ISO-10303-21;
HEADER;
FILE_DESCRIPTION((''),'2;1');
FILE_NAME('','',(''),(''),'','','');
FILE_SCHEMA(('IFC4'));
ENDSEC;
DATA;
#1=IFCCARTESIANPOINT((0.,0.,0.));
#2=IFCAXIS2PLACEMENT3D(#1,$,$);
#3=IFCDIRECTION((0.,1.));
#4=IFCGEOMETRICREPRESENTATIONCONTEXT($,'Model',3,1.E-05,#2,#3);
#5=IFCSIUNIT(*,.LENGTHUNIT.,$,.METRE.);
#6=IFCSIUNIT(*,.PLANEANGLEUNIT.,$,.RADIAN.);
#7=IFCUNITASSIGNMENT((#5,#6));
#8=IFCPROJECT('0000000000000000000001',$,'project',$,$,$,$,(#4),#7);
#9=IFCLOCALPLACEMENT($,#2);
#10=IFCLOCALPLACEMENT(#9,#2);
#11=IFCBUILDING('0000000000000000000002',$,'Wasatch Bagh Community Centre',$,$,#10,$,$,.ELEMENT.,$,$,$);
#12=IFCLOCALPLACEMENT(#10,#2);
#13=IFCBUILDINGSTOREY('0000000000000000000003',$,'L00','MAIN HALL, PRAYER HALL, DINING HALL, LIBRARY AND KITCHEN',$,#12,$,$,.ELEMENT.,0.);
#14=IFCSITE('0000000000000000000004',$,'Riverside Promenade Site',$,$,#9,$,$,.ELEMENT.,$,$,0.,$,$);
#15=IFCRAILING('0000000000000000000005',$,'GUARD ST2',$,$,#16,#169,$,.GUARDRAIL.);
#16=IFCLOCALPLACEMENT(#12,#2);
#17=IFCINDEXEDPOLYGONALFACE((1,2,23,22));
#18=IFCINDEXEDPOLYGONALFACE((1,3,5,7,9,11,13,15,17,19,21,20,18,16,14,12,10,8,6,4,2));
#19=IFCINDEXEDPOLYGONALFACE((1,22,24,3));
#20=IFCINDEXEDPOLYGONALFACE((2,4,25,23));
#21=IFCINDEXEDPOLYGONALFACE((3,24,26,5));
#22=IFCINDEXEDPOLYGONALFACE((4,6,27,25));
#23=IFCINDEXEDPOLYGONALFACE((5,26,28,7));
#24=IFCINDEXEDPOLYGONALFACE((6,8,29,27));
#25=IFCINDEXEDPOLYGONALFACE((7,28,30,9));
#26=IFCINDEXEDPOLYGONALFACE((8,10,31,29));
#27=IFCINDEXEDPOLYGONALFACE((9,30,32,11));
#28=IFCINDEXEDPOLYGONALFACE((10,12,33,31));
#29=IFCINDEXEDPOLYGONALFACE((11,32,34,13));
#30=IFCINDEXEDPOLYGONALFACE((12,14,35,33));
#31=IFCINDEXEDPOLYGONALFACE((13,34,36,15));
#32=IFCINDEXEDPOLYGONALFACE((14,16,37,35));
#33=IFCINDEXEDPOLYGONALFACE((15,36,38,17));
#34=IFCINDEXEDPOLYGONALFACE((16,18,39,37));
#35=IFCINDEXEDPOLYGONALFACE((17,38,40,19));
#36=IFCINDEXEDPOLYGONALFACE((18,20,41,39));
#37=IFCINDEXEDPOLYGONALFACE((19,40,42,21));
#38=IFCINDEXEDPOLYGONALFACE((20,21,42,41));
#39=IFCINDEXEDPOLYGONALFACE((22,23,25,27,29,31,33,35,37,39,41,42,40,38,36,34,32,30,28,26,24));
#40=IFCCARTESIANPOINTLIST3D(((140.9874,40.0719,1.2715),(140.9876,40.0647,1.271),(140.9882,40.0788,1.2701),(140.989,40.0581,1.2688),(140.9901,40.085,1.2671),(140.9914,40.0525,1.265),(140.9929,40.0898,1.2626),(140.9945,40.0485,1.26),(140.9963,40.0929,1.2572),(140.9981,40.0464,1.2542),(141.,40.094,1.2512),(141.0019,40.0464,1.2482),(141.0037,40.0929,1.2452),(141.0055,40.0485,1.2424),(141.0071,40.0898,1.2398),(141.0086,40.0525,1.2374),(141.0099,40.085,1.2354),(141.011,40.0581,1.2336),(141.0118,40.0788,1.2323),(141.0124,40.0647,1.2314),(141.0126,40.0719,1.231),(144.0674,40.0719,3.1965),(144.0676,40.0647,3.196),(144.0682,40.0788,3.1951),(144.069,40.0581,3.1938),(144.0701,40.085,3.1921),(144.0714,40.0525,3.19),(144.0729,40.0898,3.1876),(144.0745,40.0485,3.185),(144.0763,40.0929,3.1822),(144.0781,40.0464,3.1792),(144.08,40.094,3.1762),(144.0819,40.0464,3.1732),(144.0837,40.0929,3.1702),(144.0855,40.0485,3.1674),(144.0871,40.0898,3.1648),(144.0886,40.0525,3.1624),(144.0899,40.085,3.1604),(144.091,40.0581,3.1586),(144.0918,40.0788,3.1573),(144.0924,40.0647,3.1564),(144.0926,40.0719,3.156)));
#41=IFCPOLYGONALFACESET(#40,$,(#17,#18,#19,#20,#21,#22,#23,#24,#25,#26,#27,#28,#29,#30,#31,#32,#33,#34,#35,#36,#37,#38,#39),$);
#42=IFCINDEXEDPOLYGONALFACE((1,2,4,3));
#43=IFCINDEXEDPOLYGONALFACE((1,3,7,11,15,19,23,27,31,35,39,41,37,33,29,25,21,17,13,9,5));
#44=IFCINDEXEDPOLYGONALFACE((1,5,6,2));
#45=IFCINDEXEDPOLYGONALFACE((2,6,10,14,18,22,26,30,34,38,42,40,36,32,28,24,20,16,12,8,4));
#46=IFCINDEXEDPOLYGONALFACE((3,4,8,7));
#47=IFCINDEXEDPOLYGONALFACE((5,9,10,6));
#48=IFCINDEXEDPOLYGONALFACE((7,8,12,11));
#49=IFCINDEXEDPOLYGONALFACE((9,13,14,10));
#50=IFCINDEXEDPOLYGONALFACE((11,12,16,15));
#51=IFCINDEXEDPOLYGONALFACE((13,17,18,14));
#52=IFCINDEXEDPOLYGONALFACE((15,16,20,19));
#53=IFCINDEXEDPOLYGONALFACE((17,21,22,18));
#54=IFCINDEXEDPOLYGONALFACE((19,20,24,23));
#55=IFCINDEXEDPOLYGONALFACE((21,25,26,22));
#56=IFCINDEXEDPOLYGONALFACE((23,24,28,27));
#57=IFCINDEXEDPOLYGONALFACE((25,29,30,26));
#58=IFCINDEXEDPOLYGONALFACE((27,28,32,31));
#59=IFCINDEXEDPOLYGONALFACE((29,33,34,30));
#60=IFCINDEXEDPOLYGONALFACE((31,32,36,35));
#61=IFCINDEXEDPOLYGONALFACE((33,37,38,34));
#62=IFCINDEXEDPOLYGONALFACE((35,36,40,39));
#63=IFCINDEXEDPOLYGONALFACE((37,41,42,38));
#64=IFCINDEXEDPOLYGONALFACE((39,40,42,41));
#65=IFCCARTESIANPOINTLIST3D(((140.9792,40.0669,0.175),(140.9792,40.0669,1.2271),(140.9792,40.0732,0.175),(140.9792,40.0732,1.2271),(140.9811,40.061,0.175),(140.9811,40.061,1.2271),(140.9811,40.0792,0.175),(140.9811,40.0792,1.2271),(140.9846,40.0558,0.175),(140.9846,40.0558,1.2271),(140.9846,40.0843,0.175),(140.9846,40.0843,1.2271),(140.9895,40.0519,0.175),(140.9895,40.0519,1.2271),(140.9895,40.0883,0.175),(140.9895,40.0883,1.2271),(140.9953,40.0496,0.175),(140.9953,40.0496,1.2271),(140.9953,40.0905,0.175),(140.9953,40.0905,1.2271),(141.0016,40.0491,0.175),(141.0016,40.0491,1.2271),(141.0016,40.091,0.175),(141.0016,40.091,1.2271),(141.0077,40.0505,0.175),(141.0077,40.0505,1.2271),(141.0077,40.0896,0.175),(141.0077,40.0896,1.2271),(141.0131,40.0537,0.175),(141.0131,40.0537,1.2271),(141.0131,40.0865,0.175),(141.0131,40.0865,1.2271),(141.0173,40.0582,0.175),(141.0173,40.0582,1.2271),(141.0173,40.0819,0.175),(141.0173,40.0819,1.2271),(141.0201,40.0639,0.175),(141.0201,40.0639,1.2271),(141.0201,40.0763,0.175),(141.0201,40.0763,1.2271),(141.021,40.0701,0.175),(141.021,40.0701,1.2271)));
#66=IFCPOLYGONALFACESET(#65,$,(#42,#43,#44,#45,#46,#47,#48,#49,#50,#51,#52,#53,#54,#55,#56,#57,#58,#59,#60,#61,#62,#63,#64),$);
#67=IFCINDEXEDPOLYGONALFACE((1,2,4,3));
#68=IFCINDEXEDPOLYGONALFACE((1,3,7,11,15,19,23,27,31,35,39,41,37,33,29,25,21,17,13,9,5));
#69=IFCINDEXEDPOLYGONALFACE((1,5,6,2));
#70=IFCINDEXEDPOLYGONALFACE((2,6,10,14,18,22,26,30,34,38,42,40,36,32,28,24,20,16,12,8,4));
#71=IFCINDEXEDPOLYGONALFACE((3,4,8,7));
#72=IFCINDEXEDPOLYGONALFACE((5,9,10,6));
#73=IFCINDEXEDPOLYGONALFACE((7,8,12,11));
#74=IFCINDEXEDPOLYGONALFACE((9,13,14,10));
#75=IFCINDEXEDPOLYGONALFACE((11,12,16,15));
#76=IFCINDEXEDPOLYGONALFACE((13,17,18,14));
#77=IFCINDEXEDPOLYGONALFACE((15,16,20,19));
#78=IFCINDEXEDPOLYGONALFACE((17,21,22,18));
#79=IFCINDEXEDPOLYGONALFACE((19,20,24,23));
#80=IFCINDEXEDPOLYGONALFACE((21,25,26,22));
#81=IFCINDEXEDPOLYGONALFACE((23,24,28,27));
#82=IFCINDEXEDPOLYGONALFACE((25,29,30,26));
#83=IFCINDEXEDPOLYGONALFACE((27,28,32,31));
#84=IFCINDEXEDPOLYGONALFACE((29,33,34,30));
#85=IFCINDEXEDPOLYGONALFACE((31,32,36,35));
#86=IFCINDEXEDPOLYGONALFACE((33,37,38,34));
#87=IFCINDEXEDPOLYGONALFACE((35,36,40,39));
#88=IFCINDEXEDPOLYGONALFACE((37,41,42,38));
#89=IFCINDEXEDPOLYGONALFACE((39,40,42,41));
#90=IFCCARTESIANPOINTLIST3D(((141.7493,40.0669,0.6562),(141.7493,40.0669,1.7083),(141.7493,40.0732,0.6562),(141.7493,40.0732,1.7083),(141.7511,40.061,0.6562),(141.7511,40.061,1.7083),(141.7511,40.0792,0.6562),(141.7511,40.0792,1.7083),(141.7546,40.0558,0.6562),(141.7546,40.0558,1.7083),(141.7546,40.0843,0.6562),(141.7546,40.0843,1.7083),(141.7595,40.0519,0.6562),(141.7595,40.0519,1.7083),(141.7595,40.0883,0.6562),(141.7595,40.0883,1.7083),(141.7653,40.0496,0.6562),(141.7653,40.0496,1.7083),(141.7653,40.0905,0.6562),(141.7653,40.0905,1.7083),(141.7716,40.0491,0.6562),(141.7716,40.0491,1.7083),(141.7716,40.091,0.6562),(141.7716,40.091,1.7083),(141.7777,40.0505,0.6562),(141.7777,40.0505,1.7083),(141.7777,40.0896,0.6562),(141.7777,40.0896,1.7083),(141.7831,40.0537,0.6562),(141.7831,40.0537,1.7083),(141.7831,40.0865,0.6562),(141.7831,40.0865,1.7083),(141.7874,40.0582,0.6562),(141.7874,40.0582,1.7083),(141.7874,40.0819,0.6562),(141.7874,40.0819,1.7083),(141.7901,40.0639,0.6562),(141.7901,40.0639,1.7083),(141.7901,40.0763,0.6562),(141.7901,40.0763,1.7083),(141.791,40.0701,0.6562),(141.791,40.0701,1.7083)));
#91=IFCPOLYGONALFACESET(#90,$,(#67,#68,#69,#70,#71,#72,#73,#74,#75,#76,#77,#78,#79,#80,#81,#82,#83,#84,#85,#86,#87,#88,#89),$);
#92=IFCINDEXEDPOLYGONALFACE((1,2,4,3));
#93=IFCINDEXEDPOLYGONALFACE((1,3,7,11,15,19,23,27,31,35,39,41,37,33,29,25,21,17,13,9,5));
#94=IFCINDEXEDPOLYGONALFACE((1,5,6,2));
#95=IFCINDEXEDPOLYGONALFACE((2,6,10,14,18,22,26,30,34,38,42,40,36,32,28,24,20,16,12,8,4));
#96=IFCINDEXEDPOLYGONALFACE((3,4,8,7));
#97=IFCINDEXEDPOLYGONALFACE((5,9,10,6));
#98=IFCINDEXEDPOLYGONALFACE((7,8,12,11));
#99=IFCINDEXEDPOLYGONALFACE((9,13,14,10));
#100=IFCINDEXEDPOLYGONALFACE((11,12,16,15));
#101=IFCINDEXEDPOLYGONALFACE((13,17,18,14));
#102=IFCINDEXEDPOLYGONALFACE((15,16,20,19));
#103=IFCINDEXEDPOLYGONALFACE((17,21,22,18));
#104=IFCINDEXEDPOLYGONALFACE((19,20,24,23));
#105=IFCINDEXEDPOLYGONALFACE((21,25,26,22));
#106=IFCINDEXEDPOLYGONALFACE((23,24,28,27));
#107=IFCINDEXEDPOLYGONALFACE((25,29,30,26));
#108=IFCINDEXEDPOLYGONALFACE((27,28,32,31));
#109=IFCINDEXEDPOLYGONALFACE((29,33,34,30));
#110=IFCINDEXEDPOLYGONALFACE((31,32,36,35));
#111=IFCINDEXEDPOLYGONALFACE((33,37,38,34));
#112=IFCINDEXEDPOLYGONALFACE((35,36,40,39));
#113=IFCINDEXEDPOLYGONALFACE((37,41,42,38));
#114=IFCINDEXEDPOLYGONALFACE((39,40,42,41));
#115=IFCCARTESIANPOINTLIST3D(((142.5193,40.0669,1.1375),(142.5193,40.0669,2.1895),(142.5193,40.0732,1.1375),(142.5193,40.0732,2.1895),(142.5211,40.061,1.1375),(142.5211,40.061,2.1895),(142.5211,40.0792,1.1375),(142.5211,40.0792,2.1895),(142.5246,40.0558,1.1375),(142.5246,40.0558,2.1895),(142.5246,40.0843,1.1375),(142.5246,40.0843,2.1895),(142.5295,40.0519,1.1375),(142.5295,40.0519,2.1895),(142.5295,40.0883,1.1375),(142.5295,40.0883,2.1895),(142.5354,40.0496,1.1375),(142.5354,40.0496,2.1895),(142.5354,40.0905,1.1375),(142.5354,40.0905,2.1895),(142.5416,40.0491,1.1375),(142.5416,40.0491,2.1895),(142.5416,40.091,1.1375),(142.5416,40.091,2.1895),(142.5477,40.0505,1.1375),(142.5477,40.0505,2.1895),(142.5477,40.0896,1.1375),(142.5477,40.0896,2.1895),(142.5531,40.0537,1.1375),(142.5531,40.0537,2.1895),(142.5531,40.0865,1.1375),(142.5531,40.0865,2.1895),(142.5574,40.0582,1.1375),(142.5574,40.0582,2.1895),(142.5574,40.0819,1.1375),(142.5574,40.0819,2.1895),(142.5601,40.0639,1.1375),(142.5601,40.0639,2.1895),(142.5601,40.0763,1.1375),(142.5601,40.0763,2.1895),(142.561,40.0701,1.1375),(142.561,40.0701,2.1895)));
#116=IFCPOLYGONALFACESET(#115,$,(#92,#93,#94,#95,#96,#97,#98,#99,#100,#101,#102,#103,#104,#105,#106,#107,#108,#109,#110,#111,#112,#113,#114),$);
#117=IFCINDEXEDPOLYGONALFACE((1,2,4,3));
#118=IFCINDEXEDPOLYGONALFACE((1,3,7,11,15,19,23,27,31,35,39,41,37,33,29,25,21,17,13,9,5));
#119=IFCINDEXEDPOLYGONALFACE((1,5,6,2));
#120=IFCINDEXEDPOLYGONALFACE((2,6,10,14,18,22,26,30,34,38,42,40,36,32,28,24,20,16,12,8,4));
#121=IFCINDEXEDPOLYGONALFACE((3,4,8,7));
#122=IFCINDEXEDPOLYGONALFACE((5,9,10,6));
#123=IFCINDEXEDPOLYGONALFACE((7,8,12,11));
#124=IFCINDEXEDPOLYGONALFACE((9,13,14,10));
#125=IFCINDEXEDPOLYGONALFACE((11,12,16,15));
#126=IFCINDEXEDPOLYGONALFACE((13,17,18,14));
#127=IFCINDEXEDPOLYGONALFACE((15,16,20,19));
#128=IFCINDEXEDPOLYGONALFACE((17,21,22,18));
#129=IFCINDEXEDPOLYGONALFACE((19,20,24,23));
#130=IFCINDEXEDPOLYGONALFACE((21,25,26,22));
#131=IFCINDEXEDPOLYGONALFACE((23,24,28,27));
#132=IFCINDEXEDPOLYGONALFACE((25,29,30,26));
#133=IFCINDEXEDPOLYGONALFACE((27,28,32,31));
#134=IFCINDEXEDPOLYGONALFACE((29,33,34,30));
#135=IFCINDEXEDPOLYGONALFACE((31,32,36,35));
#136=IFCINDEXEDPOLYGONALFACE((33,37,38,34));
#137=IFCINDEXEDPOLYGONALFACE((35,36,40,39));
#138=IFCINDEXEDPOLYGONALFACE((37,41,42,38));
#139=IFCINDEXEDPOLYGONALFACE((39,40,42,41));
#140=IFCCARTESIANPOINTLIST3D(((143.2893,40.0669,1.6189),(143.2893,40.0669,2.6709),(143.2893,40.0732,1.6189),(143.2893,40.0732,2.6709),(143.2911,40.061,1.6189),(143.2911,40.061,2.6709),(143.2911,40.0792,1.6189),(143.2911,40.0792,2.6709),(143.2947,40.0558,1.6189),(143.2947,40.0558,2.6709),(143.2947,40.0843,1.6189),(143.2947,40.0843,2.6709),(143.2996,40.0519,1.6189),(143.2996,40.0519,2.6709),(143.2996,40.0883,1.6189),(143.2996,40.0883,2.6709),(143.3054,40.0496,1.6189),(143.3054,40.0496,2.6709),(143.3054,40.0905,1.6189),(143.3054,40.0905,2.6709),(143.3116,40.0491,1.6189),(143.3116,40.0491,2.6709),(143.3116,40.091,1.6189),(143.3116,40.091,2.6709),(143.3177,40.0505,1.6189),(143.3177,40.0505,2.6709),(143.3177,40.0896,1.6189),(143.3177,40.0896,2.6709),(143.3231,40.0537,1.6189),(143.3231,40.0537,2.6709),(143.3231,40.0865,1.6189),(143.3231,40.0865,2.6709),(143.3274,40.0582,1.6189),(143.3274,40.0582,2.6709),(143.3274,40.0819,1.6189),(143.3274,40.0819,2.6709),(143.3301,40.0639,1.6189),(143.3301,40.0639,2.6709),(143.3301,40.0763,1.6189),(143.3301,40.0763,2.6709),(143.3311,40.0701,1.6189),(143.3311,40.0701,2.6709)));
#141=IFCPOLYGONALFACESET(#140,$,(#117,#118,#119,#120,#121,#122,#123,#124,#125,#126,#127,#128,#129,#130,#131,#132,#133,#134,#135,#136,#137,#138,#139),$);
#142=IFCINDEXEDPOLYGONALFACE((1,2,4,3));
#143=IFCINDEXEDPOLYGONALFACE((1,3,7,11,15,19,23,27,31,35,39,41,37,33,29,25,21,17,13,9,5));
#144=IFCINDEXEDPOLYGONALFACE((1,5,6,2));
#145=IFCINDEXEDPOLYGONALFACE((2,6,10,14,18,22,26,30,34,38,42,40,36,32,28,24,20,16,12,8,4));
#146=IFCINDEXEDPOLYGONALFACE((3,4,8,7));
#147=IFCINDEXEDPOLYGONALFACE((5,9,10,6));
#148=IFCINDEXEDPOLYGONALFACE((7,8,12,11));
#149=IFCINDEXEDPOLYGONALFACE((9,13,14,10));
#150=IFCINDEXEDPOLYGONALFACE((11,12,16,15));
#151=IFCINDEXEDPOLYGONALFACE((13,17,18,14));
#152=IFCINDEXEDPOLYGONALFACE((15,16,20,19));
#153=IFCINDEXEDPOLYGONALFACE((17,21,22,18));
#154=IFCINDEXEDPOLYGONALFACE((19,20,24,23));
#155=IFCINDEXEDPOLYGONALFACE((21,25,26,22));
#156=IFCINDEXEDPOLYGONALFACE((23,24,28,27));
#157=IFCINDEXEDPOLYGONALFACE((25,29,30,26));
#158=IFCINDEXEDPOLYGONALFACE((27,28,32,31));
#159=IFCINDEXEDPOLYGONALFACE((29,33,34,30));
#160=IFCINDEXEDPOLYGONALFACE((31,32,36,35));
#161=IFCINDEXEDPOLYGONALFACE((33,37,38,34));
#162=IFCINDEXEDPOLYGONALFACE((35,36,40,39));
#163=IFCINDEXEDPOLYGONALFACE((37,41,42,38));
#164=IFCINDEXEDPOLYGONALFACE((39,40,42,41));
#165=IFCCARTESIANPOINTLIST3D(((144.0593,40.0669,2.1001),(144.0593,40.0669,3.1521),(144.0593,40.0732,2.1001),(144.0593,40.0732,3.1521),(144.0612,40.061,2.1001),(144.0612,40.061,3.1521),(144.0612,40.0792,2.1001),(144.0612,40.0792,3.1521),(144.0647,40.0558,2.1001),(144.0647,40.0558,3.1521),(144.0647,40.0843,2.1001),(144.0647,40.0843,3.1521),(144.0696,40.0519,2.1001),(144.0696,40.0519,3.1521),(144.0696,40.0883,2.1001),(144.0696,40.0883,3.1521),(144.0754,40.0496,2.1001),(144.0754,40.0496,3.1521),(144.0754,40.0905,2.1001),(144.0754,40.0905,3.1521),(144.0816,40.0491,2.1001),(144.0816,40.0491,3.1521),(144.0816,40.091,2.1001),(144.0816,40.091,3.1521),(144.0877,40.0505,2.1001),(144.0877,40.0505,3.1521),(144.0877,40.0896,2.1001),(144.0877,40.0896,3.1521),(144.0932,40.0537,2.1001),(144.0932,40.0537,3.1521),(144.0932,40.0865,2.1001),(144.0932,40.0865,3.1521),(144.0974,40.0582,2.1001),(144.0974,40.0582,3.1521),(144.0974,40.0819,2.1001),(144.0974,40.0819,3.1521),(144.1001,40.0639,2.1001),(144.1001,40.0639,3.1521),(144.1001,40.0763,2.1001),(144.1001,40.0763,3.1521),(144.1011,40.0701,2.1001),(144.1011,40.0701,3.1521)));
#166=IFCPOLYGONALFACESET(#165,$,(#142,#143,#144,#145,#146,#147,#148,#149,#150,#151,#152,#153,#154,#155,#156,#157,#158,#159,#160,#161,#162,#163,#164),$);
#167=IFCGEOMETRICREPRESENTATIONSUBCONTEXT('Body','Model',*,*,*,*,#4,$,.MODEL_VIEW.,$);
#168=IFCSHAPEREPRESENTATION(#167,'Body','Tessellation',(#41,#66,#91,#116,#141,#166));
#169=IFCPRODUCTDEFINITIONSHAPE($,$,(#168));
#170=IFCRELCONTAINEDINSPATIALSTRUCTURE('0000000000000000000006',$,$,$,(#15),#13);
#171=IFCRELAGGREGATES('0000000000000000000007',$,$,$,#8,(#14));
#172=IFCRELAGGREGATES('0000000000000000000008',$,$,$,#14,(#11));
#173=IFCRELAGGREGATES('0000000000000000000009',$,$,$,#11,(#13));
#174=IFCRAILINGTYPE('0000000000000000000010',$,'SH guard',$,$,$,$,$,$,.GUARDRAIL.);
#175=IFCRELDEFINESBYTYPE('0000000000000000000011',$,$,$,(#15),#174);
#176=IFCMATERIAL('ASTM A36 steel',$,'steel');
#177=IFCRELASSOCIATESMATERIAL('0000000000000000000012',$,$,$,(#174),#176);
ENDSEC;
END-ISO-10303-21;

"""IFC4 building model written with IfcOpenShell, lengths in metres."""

from ifc_helpers import new_model, si_unit, direction, frame, origin, origin_2d, place, context, subcontext, project, spatial, circle, extrude, material, type_object, element, save


model = new_model("IFC4")

# Units and contexts
model_context = context("Model", 3, precision=1e-05, world=origin(), true_north=direction((0.0, 1.0)))
body_context = subcontext(model_context, "Body", "Model", "MODEL_VIEW")
ifc_project = project(units=[si_unit("LENGTHUNIT", "METRE"), si_unit("PLANEANGLEUNIT", "RADIAN")], contexts=[model_context])

# Site, building, storey
site_placement = place(None, origin())
site = spatial("IfcSite", under=ifc_project, at=site_placement, Name="Riverside Promenade Site", CompositionType="ELEMENT", RefElevation=0.0)
building_placement = place(site_placement, origin())
building = spatial("IfcBuilding", under=site, at=building_placement, Name="Wasatch Bagh Community Centre", CompositionType="ELEMENT")
storey_placement = place(building_placement, origin())
storey = spatial("IfcBuildingStorey", under=building, at=storey_placement, Name="L00", Description="MAIN HALL, PRAYER HALL, DINING HALL, LIBRARY AND KITCHEN", CompositionType="ELEMENT", Elevation=0.0)

# Railing
ifc_material_1 = material(Name="ASTM A36 steel", Category="steel")
railing_type_1 = type_object("IfcRailingType", Name="SH guard", PredefinedType="GUARDRAIL", material=ifc_material_1)
railing_1_placement = place(storey_placement, frame((141.0, 40.0701, 0.175)))
element("IfcRailing", 1, at=railing_1_placement, inside=storey, type_object=railing_type_1, Name="GUARD ST2", PredefinedType="GUARDRAIL", context=body_context, shape_type="SweptSolid", body=[
    extrude(circle(Radius=0.0239, at=origin_2d()), frame((0.0, 0.0, 1.0762), z_axis=(0.847998, 0.0, 0.529999), x_axis=(0.0, 1.0, 0.0)), (0.0, 0.0, 1.0), 3.6321),
    extrude(circle(Radius=0.021, at=origin_2d()), origin(), (0.0, 0.0, 1.0), 1.052),
    extrude(circle(Radius=0.021, at=origin_2d()), frame((0.77, 0.0, 0.4812)), (0.0, 0.0, 1.0), 1.052),
    extrude(circle(Radius=0.021, at=origin_2d()), frame((1.54, 0.0, 0.9624)), (0.0, 0.0, 1.0), 1.052),
    extrude(circle(Radius=0.021, at=origin_2d()), frame((2.3101, 0.0, 1.4438)), (0.0, 0.0, 1.0), 1.052),
    extrude(circle(Radius=0.021, at=origin_2d()), frame((3.0801, 0.0, 1.925)), (0.0, 0.0, 1.0), 1.052),
])

save(model, "model.ifc")
